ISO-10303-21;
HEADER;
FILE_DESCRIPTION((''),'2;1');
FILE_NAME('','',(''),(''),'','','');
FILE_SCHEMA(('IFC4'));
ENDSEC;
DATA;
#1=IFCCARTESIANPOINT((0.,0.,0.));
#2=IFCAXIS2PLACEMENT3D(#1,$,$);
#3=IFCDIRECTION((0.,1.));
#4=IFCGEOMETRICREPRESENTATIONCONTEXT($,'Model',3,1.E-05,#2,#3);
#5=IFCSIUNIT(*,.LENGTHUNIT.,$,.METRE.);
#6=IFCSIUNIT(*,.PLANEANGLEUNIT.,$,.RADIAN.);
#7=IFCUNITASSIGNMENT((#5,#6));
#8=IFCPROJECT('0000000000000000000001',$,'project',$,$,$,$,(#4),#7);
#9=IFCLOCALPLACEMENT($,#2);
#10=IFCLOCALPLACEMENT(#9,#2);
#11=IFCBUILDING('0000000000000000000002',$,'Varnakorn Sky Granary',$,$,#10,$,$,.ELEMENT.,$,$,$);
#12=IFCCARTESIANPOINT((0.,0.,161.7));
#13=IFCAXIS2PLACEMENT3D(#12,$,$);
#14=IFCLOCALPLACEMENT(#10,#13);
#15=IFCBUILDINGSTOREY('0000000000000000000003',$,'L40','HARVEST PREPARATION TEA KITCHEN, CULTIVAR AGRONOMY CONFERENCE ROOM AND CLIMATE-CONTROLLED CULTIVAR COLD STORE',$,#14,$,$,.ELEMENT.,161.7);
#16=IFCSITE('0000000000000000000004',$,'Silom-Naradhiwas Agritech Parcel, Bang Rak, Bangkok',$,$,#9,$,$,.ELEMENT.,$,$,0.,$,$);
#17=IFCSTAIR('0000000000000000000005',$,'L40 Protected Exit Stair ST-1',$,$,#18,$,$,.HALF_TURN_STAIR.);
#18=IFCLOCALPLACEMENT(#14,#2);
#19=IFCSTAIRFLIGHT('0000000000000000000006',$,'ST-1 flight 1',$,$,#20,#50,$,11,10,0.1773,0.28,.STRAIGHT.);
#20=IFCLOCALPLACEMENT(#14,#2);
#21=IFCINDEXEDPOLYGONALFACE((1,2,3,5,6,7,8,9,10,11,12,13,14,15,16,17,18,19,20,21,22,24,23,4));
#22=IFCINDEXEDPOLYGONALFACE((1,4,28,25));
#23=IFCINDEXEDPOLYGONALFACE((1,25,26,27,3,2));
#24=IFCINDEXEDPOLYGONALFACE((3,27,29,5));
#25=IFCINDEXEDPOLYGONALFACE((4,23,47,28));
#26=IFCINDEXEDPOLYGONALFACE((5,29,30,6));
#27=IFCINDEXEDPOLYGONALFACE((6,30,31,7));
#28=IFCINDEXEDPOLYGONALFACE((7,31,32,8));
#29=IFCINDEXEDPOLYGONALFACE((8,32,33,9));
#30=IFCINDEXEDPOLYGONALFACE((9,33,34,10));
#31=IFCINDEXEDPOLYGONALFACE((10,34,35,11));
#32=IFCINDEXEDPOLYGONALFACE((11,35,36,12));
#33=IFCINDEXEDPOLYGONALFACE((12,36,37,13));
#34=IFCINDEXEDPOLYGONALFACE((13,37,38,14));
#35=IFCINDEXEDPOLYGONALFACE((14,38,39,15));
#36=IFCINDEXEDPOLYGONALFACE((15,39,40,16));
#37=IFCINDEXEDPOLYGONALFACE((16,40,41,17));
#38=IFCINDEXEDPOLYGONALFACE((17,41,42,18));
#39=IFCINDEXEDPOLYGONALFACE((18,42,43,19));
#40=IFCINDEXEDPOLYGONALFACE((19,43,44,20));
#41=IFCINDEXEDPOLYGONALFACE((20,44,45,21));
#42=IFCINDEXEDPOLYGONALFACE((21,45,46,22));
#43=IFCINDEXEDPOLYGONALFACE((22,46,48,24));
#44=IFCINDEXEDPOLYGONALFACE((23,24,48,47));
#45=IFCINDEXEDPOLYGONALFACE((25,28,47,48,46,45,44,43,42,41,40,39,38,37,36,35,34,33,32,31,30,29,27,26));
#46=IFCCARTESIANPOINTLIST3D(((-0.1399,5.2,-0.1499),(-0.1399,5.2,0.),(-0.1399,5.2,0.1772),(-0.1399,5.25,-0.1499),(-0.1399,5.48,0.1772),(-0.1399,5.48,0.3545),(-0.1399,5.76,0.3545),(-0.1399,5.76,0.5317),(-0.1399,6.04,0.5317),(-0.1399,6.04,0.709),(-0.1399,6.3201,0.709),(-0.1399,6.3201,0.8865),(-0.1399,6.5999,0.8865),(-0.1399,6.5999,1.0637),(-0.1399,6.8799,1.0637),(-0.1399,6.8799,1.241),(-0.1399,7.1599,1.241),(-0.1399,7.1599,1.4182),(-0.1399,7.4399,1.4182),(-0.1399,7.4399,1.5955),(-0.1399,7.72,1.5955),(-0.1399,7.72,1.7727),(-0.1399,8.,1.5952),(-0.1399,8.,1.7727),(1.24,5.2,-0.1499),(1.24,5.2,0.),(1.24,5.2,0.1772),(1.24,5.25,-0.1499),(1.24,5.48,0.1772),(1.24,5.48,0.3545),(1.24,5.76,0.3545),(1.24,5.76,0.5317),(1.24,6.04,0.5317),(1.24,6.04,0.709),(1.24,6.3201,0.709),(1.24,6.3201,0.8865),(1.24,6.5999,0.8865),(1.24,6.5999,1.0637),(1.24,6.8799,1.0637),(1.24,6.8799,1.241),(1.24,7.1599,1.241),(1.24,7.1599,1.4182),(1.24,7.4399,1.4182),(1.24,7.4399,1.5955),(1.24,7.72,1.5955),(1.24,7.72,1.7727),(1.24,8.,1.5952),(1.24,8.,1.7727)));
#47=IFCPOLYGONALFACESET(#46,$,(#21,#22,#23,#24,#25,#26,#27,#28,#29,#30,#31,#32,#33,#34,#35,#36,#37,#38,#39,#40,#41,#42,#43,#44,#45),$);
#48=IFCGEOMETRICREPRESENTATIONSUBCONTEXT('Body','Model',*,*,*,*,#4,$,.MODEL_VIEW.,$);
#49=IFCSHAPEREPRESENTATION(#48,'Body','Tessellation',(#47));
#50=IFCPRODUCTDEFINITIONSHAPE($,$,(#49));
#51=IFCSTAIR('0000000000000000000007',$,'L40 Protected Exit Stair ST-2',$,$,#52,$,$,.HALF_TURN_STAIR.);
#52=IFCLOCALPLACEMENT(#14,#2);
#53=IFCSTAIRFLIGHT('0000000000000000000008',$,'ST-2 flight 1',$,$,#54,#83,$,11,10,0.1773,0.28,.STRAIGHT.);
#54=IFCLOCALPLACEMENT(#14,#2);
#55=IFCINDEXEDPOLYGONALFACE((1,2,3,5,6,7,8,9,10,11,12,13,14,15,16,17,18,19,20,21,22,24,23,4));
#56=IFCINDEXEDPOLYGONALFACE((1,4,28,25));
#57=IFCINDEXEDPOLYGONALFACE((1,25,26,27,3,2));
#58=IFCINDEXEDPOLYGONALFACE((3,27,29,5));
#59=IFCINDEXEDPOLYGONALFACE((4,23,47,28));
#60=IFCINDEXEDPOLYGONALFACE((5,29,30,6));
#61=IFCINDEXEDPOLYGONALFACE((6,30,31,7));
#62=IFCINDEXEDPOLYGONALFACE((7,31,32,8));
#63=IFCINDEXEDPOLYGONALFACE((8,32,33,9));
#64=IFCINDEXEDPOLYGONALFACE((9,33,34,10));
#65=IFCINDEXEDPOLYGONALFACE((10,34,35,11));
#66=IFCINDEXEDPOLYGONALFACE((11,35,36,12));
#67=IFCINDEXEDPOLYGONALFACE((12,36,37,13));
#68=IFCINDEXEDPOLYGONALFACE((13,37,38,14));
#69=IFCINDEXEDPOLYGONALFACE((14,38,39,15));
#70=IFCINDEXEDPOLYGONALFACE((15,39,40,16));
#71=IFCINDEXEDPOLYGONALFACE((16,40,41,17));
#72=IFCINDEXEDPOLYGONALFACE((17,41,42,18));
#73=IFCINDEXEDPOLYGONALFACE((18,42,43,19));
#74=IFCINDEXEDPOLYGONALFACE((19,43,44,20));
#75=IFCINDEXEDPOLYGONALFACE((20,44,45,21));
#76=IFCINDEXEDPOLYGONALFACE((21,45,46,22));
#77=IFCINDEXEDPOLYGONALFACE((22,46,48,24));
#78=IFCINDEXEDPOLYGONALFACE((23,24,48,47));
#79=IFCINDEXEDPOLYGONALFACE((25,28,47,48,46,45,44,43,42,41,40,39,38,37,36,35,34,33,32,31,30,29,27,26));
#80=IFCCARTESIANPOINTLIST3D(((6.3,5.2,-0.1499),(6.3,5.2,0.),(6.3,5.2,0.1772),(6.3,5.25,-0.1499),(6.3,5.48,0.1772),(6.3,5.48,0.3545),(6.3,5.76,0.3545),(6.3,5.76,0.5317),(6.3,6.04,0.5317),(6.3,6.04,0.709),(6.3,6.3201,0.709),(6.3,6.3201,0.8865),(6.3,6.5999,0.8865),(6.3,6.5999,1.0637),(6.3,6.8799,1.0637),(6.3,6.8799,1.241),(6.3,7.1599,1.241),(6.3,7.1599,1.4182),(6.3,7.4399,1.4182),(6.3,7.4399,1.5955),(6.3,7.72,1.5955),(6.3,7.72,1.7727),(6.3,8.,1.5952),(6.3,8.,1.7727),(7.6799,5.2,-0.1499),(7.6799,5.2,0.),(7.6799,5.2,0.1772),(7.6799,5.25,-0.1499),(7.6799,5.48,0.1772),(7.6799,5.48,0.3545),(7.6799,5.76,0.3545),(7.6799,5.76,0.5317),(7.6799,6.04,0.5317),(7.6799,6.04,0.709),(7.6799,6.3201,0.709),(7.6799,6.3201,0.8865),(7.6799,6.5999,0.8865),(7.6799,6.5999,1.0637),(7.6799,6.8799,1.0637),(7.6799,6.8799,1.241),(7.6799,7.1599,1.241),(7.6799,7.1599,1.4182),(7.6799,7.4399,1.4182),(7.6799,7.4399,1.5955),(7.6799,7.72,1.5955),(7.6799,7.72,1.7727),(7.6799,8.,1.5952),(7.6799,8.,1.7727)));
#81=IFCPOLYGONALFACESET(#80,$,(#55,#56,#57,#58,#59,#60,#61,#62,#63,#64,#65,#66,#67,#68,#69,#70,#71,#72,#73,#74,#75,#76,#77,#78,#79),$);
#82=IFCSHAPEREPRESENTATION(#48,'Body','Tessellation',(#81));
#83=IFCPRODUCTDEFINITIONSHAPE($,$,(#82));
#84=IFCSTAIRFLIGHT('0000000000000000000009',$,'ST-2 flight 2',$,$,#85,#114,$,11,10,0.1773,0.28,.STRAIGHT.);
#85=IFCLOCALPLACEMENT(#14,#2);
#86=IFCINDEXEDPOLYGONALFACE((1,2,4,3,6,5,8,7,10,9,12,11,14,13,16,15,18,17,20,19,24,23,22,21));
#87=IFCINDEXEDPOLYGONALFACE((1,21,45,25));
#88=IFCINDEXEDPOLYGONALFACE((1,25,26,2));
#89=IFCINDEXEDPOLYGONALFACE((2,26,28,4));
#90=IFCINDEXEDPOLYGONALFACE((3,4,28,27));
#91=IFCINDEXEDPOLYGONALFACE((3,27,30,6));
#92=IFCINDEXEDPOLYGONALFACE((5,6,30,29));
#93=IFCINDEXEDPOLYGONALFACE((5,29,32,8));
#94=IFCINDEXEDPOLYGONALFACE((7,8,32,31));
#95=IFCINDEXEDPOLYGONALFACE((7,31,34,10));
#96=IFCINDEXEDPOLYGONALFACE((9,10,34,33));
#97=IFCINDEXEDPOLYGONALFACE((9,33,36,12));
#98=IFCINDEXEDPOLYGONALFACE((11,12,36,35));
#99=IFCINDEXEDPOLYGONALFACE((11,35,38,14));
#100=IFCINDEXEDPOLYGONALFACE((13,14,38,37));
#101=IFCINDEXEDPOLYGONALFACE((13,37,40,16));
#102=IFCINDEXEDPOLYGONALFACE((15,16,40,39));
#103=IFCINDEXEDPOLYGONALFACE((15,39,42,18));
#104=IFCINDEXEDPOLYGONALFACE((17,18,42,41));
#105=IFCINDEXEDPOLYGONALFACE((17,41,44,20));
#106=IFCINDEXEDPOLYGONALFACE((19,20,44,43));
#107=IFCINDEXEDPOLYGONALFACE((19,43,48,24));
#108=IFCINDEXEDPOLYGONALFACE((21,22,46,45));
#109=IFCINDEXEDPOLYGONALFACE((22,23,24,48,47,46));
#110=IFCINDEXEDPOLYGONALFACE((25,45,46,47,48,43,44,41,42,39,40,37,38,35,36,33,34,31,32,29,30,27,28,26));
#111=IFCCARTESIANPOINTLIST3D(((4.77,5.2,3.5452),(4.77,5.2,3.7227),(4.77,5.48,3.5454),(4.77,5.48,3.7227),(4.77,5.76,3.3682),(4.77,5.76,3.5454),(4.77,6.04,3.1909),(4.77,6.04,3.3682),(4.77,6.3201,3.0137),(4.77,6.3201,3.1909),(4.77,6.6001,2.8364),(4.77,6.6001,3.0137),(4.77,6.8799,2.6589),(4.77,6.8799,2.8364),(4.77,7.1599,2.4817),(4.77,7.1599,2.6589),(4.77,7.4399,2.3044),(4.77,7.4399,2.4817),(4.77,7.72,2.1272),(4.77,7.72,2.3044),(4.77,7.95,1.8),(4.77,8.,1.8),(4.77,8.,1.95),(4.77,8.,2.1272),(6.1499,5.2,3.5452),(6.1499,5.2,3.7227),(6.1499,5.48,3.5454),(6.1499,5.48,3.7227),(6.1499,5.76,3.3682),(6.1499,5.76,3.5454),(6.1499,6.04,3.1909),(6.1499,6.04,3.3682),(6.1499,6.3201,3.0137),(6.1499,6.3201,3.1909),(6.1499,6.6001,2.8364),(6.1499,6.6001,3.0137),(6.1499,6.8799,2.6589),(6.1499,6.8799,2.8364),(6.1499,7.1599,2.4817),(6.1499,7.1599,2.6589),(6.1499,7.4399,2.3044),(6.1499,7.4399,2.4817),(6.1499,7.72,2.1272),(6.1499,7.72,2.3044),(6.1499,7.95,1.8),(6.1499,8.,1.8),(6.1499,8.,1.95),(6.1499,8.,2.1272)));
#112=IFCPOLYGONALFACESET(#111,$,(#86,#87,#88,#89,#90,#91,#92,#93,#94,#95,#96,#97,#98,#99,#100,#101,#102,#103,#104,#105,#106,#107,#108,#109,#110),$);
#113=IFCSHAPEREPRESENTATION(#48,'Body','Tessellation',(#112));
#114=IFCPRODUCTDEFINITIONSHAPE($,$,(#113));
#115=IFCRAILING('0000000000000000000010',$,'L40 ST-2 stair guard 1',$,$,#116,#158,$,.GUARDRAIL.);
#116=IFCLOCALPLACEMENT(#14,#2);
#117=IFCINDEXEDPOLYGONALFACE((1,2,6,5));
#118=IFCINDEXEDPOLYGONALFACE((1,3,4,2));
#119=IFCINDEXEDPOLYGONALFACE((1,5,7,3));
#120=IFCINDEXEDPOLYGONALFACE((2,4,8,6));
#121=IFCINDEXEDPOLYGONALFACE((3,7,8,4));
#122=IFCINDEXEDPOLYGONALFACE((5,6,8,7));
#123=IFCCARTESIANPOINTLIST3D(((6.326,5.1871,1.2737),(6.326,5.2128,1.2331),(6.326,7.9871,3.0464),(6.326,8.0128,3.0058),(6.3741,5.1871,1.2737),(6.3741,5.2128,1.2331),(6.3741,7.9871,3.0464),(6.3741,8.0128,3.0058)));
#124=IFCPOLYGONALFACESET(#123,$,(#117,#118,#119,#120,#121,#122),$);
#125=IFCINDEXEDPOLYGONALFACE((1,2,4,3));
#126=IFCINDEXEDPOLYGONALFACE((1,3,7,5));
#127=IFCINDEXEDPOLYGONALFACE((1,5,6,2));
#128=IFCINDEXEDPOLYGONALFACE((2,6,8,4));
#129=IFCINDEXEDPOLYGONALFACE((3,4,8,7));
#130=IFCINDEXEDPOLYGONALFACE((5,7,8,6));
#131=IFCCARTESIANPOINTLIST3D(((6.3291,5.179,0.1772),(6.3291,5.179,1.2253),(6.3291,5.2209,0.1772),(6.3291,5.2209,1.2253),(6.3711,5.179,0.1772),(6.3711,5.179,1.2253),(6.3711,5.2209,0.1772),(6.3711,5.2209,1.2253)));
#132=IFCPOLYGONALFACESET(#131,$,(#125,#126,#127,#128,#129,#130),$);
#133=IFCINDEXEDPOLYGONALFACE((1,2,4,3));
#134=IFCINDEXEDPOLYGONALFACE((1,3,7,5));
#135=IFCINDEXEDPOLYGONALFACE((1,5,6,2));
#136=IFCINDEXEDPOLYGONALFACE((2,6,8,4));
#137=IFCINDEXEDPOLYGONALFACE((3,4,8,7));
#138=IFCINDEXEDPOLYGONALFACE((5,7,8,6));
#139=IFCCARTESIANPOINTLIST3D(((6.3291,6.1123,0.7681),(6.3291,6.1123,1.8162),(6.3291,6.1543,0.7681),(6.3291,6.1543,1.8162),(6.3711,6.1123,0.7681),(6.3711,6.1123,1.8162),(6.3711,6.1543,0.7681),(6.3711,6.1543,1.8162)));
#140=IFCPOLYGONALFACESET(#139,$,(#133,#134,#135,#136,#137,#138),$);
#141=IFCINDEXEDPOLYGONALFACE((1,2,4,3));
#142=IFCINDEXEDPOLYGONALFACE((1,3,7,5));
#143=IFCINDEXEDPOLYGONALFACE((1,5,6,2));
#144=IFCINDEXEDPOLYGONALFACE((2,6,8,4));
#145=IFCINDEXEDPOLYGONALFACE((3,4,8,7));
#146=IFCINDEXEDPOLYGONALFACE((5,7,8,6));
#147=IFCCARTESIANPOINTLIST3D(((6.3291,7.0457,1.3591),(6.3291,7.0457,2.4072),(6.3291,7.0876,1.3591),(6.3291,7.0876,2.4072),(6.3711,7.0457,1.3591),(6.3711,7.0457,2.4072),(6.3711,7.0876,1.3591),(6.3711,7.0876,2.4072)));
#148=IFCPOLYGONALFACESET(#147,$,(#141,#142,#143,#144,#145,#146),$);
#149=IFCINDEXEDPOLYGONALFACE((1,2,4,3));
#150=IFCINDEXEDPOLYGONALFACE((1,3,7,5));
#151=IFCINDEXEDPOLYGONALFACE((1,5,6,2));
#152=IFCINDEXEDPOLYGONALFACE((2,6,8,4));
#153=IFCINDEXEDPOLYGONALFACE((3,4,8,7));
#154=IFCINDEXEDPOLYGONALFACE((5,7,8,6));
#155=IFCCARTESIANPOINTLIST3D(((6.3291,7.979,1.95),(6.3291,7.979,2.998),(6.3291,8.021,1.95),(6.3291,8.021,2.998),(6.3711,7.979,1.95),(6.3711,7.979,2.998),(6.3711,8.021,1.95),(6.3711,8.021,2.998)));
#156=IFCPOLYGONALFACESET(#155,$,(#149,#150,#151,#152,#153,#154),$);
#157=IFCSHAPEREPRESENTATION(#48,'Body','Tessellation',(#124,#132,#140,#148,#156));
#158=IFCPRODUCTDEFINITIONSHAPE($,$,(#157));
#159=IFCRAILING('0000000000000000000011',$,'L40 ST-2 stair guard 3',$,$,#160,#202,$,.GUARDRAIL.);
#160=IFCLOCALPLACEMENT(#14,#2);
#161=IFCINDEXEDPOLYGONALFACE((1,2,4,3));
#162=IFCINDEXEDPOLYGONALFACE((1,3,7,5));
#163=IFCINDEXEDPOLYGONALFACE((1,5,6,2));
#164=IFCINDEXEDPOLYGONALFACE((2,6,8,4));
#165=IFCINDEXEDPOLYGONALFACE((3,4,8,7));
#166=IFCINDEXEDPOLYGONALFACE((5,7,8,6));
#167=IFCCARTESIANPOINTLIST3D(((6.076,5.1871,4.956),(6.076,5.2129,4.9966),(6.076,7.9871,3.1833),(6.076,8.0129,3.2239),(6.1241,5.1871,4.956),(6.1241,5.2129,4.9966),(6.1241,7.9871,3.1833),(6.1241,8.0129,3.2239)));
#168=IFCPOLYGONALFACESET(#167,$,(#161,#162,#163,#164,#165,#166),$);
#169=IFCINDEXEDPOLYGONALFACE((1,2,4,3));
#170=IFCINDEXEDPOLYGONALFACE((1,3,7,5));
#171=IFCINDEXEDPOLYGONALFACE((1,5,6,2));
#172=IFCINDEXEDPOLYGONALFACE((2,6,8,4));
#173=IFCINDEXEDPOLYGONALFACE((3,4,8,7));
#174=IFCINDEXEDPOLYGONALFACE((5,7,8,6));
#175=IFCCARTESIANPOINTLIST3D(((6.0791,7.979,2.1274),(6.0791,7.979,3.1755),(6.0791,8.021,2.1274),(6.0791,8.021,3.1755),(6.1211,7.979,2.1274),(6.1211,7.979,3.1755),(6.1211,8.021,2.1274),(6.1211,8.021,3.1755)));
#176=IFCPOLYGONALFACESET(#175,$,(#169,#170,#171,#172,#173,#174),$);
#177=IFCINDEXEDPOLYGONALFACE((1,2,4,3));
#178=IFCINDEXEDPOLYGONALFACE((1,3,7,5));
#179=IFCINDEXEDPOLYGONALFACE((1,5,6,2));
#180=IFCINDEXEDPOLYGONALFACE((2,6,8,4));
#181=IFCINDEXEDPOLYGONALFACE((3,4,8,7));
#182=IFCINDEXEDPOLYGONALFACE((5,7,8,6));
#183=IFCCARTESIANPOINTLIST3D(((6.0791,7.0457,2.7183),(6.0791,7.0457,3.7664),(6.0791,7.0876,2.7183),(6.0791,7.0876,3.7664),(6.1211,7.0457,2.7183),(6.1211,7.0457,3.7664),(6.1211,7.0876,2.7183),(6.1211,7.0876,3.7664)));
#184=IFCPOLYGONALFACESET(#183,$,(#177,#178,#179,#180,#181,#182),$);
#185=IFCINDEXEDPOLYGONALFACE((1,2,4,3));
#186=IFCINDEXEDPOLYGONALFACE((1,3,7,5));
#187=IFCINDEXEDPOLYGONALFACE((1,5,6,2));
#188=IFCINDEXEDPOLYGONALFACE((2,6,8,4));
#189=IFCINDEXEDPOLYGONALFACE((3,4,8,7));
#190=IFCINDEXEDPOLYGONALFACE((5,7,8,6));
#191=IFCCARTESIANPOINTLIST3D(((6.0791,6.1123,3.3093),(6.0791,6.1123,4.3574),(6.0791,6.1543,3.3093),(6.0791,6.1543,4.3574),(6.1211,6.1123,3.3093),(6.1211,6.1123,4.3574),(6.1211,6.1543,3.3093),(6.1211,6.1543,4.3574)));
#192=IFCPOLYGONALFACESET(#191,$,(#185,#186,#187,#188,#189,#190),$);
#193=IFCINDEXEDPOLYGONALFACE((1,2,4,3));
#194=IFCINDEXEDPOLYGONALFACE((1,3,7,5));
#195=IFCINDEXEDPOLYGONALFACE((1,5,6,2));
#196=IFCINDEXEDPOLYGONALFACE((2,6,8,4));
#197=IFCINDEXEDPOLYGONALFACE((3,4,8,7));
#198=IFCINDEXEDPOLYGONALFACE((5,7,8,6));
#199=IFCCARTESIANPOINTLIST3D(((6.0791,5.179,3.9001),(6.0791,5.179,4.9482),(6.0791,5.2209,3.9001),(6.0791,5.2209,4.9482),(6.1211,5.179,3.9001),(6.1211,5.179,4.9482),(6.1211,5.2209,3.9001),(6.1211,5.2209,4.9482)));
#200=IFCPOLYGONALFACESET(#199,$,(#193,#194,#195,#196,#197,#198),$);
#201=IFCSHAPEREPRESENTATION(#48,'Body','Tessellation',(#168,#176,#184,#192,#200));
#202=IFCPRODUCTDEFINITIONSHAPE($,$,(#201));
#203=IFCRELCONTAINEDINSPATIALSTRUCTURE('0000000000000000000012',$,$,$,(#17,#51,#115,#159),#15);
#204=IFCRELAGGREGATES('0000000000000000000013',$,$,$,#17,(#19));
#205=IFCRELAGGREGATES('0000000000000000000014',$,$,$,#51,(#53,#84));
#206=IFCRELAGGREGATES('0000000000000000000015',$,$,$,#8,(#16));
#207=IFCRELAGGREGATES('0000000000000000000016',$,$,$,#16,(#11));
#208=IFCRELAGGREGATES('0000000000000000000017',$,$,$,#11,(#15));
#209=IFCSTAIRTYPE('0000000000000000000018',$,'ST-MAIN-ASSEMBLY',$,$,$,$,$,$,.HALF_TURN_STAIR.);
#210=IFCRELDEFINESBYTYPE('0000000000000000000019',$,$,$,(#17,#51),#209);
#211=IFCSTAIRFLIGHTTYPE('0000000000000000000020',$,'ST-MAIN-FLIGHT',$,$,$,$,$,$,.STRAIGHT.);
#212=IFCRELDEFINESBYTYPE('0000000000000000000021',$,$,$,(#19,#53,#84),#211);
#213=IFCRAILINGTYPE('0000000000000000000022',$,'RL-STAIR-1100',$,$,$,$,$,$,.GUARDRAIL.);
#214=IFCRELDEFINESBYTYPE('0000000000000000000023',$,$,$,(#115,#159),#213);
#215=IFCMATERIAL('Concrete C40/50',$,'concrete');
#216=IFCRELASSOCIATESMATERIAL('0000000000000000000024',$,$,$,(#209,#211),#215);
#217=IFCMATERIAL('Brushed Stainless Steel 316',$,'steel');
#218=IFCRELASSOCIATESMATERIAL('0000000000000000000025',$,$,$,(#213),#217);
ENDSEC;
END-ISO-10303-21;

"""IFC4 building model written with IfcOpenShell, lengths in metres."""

from ifc_helpers import new_model, si_unit, direction, frame, origin, origin_2d, place, context, subcontext, project, spatial, polyline, rectangle, outline, extrude, material, type_object, element, aggregate, save


model = new_model("IFC4")

# Units and contexts
model_context = context("Model", 3, precision=1e-05, world=origin(), true_north=direction((0.0, 1.0)))
body_context = subcontext(model_context, "Body", "Model", "MODEL_VIEW")
ifc_project = project(units=[si_unit("LENGTHUNIT", "METRE"), si_unit("PLANEANGLEUNIT", "RADIAN")], contexts=[model_context])

# Site, building, storey
site_placement = place(None, origin())
site = spatial("IfcSite", under=ifc_project, at=site_placement, Name="Silom-Naradhiwas Agritech Parcel, Bang Rak, Bangkok", CompositionType="ELEMENT", RefElevation=0.0)
building_placement = place(site_placement, origin())
building = spatial("IfcBuilding", under=site, at=building_placement, Name="Varnakorn Sky Granary", CompositionType="ELEMENT")
storey_placement = place(building_placement, frame((0.0, 0.0, 161.7)))
storey = spatial("IfcBuildingStorey", under=building, at=storey_placement, Name="L40", Description="HARVEST PREPARATION TEA KITCHEN, CULTIVAR AGRONOMY CONFERENCE ROOM AND CLIMATE-CONTROLLED CULTIVAR COLD STORE", CompositionType="ELEMENT", Elevation=161.7)

# Stair, stair flight
ifc_material_1 = material(Name="Concrete C40/50", Category="concrete")
stair_type = type_object("IfcStairType", Name="ST-MAIN-ASSEMBLY", PredefinedType="HALF_TURN_STAIR", material=ifc_material_1)
stair_1_placement = place(storey_placement, origin())
stair_1 = element("IfcStair", 1, at=stair_1_placement, inside=storey, type_object=stair_type, Name="L40 Protected Exit Stair ST-1", PredefinedType="HALF_TURN_STAIR")
stair_flight_type = type_object("IfcStairFlightType", Name="ST-MAIN-FLIGHT", PredefinedType="STRAIGHT", material=ifc_material_1)
stair_flight_1_placement = place(storey_placement, frame((0.55, 5.2, 0.0), z_axis=(0.0, 0.0, 1.0), x_axis=(0.0, 1.0, 0.0)))
stair_flight_1 = element("IfcStairFlight", 2, at=stair_flight_1_placement, type_object=stair_flight_type, Name="ST-1 flight 1", NumberOfRisers=11, NumberOfTreads=10, PredefinedType="STRAIGHT", RiserHeight=0.1773, TreadLength=0.28, context=body_context, shape_type="SweptSolid", body=[
    extrude(outline(polyline([(0.0, -0.1499), (0.0, 0.0), (0.0, 0.1772), (0.28, 0.1772), (0.28, 0.3545), (0.5601, 0.3545), (0.5601, 0.5317), (0.8401, 0.5317), (0.8401, 0.709), (1.1201, 0.709), (1.1201, 0.8865), (1.3999, 0.8865), (1.3999, 1.0637), (1.6799, 1.0637), (1.6799, 1.241), (1.96, 1.241), (1.96, 1.4182), (2.24, 1.4182), (2.24, 1.5955), (2.52, 1.5955), (2.52, 1.7727), (2.8, 1.7727), (2.8, 1.95), (2.8, 1.5952), (0.05, -0.1499), (0.0, -0.1499)])), frame((0.0, 0.6899, 0.0), z_axis=(0.0, -1.0, 0.0), x_axis=(1.0, 0.0, 0.0)), (0.0, 0.0, 1.0), 1.3799),
])
aggregate(stair_1, [stair_flight_1])

# Stair, stair flights
stair_2_placement = place(storey_placement, origin())
stair_2 = element("IfcStair", 3, at=stair_2_placement, inside=storey, type_object=stair_type, Name="L40 Protected Exit Stair ST-2", PredefinedType="HALF_TURN_STAIR")
stair_flight_2_placement = place(storey_placement, frame((6.99, 5.2, 0.0), z_axis=(0.0, 0.0, 1.0), x_axis=(0.0, 1.0, 0.0)))
stair_flight_2 = element("IfcStairFlight", 4, at=stair_flight_2_placement, type_object=stair_flight_type, Name="ST-2 flight 1", NumberOfRisers=11, NumberOfTreads=10, PredefinedType="STRAIGHT", RiserHeight=0.1773, TreadLength=0.28, context=body_context, shape_type="SweptSolid", body=[
    extrude(outline(polyline([(0.0, -0.1499), (0.0, 0.0), (0.0, 0.1772), (0.28, 0.1772), (0.28, 0.3545), (0.5601, 0.3545), (0.5601, 0.5317), (0.8401, 0.5317), (0.8401, 0.709), (1.1201, 0.709), (1.1201, 0.8865), (1.3999, 0.8865), (1.3999, 1.0637), (1.6799, 1.0637), (1.6799, 1.241), (1.96, 1.241), (1.96, 1.4182), (2.24, 1.4182), (2.24, 1.5955), (2.52, 1.5955), (2.52, 1.7727), (2.8, 1.7727), (2.8, 1.95), (2.8, 1.5952), (0.05, -0.1499), (0.0, -0.1499)])), frame((0.0, 0.6899, 0.0), z_axis=(0.0, -1.0, 0.0), x_axis=(1.0, 0.0, 0.0)), (0.0, 0.0, 1.0), 1.3799),
])
stair_flight_3_placement = place(storey_placement, frame((5.46, 8.0, 1.95), z_axis=(0.0, 0.0, 1.0), x_axis=(0.0, -1.0, 0.0)))
stair_flight_3 = element("IfcStairFlight", 5, at=stair_flight_3_placement, type_object=stair_flight_type, Name="ST-2 flight 2", NumberOfRisers=11, NumberOfTreads=10, PredefinedType="STRAIGHT", RiserHeight=0.1773, TreadLength=0.28, context=body_context, shape_type="SweptSolid", body=[
    extrude(outline(polyline([(0.0, -0.1499), (0.0, 0.0), (0.0, 0.1772), (0.28, 0.1772), (0.28, 0.3545), (0.5601, 0.3545), (0.5601, 0.5317), (0.8401, 0.5317), (0.8401, 0.709), (1.1201, 0.709), (1.1201, 0.8865), (1.3999, 0.8865), (1.3999, 1.0637), (1.6799, 1.0637), (1.6799, 1.241), (1.96, 1.241), (1.96, 1.4182), (2.24, 1.4182), (2.24, 1.5955), (2.52, 1.5955), (2.52, 1.7727), (2.8, 1.7727), (2.8, 1.95), (2.8, 1.5952), (0.05, -0.1499), (0.0, -0.1499)])), frame((0.0, 0.6899, 0.0), z_axis=(0.0, -1.0, 0.0), x_axis=(1.0, 0.0, 0.0)), (0.0, 0.0, 1.0), 1.3799),
])
aggregate(stair_2, [stair_flight_2, stair_flight_3])

# Railings
ifc_material_2 = material(Name="Brushed Stainless Steel 316", Category="steel")
railing_type_1 = type_object("IfcRailingType", Name="RL-STAIR-1100", PredefinedType="GUARDRAIL", material=ifc_material_2)
railing_1_placement = place(storey_placement, frame((6.3501, 5.2, 0.1772)))
element("IfcRailing", 6, at=railing_1_placement, inside=storey, type_object=railing_type_1, Name="L40 ST-2 stair guard 1", PredefinedType="GUARDRAIL", context=body_context, shape_type="SweptSolid", body=[
    extrude(rectangle(XDim=0.0481, YDim=0.0481, at=origin_2d()), frame((0.0, 0.0, 1.0762), z_axis=(0.0, 0.844909, 0.53491), x_axis=(-1.0, 0.0, 0.0)), (0.0, 0.0, 1.0), 3.314),
    extrude(rectangle(XDim=0.042, YDim=0.042, at=origin_2d()), origin(), (0.0, 0.0, 1.0), 1.0481),
    extrude(rectangle(XDim=0.042, YDim=0.042, at=origin_2d()), frame((0.0, 0.9333, 0.5908)), (0.0, 0.0, 1.0), 1.0481),
    extrude(rectangle(XDim=0.042, YDim=0.042, at=origin_2d()), frame((0.0, 1.8667, 1.1819)), (0.0, 0.0, 1.0), 1.0481),
    extrude(rectangle(XDim=0.042, YDim=0.042, at=origin_2d()), frame((0.0, 2.8, 1.7727)), (0.0, 0.0, 1.0), 1.0481),
])
railing_2_placement = place(storey_placement, frame((6.1001, 8.0, 2.1274)))
element("IfcRailing", 7, at=railing_2_placement, inside=storey, type_object=railing_type_1, Name="L40 ST-2 stair guard 3", PredefinedType="GUARDRAIL", context=body_context, shape_type="SweptSolid", body=[
    extrude(rectangle(XDim=0.0481, YDim=0.0481, at=origin_2d()), frame((0.0, 0.0, 1.0762), z_axis=(0.0, -0.844909, 0.53491), x_axis=(1.0, 0.0, 0.0)), (0.0, 0.0, 1.0), 3.314),
    extrude(rectangle(XDim=0.042, YDim=0.042, at=origin_2d()), origin(), (0.0, 0.0, 1.0), 1.0481),
    extrude(rectangle(XDim=0.042, YDim=0.042, at=origin_2d()), frame((0.0, -0.9333, 0.5908)), (0.0, 0.0, 1.0), 1.0481),
    extrude(rectangle(XDim=0.042, YDim=0.042, at=origin_2d()), frame((0.0, -1.8667, 1.1819)), (0.0, 0.0, 1.0), 1.0481),
    extrude(rectangle(XDim=0.042, YDim=0.042, at=origin_2d()), frame((0.0, -2.8, 1.7727)), (0.0, 0.0, 1.0), 1.0481),
])

save(model, "model.ifc")
